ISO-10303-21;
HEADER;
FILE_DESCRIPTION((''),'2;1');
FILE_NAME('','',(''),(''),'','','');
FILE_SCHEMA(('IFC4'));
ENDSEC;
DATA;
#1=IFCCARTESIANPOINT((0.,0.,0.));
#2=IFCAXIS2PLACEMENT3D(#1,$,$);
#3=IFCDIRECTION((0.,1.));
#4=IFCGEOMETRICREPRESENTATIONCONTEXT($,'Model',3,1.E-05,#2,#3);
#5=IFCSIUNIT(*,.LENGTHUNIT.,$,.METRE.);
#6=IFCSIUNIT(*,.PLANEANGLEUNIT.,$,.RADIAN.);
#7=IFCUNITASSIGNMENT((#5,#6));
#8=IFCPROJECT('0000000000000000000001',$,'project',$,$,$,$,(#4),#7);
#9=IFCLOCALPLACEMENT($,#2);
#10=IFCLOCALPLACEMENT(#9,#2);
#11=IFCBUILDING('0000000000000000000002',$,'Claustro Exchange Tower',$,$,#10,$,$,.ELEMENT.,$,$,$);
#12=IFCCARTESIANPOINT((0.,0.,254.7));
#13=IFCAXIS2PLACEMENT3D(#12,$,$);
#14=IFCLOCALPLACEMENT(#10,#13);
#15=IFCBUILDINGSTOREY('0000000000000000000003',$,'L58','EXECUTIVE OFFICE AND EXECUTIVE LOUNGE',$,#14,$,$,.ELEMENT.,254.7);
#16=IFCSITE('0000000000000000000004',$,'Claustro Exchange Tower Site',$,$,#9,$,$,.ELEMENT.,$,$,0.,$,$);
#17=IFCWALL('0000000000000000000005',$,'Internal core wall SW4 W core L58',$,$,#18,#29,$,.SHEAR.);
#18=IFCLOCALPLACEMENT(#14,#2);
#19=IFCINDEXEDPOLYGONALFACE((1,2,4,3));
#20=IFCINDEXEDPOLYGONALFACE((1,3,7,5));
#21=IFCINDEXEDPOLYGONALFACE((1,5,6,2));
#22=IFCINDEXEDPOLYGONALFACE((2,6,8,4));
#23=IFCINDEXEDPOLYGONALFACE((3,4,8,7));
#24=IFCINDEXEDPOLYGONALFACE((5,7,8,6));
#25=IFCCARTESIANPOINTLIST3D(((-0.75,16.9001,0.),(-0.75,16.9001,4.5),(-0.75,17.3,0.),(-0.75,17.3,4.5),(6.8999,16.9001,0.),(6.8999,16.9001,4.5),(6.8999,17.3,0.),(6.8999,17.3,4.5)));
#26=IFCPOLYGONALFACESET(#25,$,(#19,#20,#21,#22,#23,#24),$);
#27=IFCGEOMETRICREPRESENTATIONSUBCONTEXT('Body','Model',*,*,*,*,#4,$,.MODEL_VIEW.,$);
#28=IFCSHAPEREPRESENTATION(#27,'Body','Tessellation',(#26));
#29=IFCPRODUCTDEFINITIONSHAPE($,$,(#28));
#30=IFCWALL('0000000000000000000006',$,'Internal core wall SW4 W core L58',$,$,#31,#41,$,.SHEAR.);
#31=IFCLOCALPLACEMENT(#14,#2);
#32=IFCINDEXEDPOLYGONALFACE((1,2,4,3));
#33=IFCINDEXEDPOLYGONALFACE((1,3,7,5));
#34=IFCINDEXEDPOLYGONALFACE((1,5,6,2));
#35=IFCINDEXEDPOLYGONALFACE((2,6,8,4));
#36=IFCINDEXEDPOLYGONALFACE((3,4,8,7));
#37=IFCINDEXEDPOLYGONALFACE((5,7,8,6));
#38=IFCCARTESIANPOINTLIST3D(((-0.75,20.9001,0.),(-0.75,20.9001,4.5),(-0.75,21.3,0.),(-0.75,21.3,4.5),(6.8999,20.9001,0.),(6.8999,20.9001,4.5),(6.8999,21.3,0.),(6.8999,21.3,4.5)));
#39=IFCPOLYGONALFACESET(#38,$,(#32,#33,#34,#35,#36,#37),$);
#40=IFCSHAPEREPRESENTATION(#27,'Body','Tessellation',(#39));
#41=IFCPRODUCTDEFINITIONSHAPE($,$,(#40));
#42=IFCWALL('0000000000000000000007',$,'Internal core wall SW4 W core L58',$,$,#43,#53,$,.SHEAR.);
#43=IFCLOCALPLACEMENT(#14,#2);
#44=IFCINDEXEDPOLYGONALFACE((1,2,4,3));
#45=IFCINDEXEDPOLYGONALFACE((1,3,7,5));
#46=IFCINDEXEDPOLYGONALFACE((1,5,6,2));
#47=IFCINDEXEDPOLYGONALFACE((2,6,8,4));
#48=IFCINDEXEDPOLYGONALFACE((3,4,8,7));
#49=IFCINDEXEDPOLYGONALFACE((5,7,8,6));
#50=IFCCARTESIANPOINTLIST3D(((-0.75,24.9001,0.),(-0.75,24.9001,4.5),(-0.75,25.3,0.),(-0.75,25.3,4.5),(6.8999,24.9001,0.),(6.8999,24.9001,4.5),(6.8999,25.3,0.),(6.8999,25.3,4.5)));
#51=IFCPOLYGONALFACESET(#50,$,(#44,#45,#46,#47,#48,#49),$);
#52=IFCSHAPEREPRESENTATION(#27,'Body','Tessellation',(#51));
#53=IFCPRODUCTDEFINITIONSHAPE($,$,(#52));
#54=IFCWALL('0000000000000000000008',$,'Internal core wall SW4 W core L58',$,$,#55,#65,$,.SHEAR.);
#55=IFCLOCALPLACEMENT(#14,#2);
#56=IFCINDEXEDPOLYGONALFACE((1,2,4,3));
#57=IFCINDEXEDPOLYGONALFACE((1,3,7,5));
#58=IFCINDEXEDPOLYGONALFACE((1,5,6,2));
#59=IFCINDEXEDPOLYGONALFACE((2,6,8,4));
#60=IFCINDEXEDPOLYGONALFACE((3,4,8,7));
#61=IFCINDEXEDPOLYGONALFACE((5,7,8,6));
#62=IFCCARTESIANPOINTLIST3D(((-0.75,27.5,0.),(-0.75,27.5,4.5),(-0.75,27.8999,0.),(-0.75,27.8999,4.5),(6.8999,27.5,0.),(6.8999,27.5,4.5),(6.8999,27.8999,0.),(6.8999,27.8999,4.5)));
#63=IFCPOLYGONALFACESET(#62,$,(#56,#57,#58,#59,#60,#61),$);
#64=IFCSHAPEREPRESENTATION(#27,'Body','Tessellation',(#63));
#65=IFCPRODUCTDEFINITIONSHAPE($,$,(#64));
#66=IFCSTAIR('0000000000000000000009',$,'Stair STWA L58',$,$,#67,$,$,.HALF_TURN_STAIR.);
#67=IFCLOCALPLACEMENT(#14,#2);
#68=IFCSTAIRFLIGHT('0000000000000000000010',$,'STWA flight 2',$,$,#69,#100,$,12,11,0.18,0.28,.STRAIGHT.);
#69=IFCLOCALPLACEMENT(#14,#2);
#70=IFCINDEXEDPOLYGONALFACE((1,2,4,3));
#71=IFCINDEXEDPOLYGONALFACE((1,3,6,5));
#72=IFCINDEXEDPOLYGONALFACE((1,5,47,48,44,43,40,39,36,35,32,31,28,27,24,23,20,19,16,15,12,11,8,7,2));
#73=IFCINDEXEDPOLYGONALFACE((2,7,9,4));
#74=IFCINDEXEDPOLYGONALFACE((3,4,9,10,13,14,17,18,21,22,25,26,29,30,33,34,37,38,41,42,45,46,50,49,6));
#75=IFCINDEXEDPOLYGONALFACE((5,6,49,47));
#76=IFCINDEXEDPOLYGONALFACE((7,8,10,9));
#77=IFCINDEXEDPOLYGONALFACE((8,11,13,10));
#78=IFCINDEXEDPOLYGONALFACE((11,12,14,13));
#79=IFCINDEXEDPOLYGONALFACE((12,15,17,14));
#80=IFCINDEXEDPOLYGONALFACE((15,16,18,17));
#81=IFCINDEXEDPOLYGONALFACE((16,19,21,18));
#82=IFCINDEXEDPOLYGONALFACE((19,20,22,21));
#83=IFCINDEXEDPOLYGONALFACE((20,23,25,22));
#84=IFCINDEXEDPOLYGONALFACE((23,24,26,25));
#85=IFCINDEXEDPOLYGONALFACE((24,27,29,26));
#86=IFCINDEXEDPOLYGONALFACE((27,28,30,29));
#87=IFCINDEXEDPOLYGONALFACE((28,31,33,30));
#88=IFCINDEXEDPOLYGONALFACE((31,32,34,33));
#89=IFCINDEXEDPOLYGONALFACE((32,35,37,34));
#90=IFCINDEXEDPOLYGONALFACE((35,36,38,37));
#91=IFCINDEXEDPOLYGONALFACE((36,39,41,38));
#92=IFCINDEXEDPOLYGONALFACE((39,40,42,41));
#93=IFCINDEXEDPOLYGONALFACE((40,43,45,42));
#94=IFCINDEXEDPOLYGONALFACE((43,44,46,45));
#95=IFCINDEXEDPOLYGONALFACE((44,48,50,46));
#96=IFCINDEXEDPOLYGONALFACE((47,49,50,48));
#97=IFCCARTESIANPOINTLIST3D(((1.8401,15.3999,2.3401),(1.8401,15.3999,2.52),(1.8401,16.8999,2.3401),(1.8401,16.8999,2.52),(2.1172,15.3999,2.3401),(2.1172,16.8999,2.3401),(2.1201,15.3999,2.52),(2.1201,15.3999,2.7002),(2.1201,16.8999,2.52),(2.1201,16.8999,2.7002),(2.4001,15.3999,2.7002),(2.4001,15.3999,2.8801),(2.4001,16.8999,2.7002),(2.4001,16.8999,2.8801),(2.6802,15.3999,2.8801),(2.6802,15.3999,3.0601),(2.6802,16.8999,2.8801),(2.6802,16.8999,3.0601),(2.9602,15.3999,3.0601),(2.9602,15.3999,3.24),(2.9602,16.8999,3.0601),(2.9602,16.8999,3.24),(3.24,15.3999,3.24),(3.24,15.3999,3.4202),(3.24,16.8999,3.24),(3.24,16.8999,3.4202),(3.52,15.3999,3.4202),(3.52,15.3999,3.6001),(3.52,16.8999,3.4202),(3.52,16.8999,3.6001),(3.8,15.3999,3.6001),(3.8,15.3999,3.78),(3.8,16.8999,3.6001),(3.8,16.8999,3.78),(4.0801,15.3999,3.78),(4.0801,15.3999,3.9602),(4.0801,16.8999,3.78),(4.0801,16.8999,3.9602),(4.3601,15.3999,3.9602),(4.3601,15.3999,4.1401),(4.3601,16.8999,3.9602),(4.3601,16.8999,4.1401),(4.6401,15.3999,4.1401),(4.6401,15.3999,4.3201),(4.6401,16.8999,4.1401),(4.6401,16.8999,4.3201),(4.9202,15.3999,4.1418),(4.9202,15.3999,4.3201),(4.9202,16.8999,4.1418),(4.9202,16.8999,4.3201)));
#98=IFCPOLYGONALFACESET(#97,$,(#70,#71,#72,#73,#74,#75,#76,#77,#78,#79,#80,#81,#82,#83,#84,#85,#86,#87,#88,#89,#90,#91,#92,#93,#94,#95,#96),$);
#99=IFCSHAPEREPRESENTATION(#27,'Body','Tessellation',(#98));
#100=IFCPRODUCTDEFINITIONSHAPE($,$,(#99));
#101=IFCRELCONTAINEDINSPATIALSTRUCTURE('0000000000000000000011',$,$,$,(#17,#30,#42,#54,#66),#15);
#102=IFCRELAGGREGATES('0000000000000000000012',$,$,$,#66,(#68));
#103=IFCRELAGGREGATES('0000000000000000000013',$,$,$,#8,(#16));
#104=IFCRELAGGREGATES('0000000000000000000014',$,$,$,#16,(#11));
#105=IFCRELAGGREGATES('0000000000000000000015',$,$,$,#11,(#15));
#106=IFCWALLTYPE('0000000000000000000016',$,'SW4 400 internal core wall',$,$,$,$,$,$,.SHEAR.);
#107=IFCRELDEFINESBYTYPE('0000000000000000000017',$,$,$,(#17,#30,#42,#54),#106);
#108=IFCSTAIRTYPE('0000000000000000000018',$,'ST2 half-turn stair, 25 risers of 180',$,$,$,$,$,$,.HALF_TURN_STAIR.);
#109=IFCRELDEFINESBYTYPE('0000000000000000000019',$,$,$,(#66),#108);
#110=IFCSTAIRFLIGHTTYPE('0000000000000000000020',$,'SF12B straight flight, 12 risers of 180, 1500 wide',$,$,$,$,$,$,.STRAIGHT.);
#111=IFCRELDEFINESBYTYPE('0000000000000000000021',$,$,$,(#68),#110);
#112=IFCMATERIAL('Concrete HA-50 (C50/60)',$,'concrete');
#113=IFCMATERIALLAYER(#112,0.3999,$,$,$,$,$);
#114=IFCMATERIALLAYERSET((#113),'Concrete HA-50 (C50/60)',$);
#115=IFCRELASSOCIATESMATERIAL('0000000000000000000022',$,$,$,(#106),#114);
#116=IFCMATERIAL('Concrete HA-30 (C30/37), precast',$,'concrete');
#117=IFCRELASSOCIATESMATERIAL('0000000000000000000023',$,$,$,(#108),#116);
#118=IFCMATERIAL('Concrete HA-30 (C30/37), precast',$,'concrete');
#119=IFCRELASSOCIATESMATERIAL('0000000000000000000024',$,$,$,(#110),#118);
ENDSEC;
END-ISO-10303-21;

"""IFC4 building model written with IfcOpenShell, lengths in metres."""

from ifc_helpers import new_model, si_unit, direction, frame, frame_2d, origin, place, context, subcontext, project, spatial, polyline, rectangle, outline, extrude, material, layer, layer_set, type_object, element, aggregate, save


model = new_model("IFC4")

# Units and contexts
model_context = context("Model", 3, precision=1e-05, world=origin(), true_north=direction((0.0, 1.0)))
body_context = subcontext(model_context, "Body", "Model", "MODEL_VIEW")
ifc_project = project(units=[si_unit("LENGTHUNIT", "METRE"), si_unit("PLANEANGLEUNIT", "RADIAN")], contexts=[model_context])

# Site, building, storey
site_placement = place(None, origin())
site = spatial("IfcSite", under=ifc_project, at=site_placement, Name="Claustro Exchange Tower Site", CompositionType="ELEMENT", RefElevation=0.0)
building_placement = place(site_placement, origin())
building = spatial("IfcBuilding", under=site, at=building_placement, Name="Claustro Exchange Tower", CompositionType="ELEMENT")
storey_placement = place(building_placement, frame((0.0, 0.0, 254.7)))
storey = spatial("IfcBuildingStorey", under=building, at=storey_placement, Name="L58", Description="EXECUTIVE OFFICE AND EXECUTIVE LOUNGE", CompositionType="ELEMENT", Elevation=254.7)

# Walls
ifc_material_1 = material(Name="Concrete HA-50 (C50/60)", Category="concrete")
ifc_layer_1 = layer(ifc_material_1, 0.3999)
ifc_layer_set_1 = layer_set([ifc_layer_1], Name="Concrete HA-50 (C50/60)")
wall_type_1 = type_object("IfcWallType", Name="SW4 400 internal core wall", PredefinedType="SHEAR", material=ifc_layer_set_1)
for number, where, z_axis, x_axis, name in (
    (1, (-0.75, 17.1001, 0.0), (0.0, 0.0, 1.0), (1.0, 0.0, 0.0), "Internal core wall SW4 W core L58"),
    (2, (-0.75, 21.1001, 0.0), (0.0, 0.0, 1.0), (1.0, 0.0, 0.0), "Internal core wall SW4 W core L58"),
    (3, (-0.75, 25.1001, 0.0), (0.0, 0.0, 1.0), (1.0, 0.0, 0.0), "Internal core wall SW4 W core L58"),
    (4, (-0.75, 27.7, 0.0), (0.0, 0.0, 1.0), (1.0, 0.0, 0.0), "Internal core wall SW4 W core L58"),
):
    element("IfcWall", number, at=place(storey_placement, frame(where, z_axis=z_axis, x_axis=x_axis)), inside=storey, type_object=wall_type_1, Name=name, PredefinedType="SHEAR", context=body_context, shape_type="SweptSolid", body=[
        extrude(rectangle(XDim=7.6499, YDim=0.3999, at=frame_2d((3.825, 0.0))), origin(), (0.0, 0.0, 1.0), 4.5),
    ])

# Stair, stair flight
ifc_material_2 = material(Name="Concrete HA-30 (C30/37), precast", Category="concrete")
stair_type = type_object("IfcStairType", Name="ST2 half-turn stair, 25 risers of 180", PredefinedType="HALF_TURN_STAIR", material=ifc_material_2)
stair_placement = place(storey_placement, origin())
stair = element("IfcStair", 5, at=stair_placement, inside=storey, type_object=stair_type, Name="Stair STWA L58", PredefinedType="HALF_TURN_STAIR")
ifc_material_3 = material(Name="Concrete HA-30 (C30/37), precast", Category="concrete")
stair_flight_type = type_object("IfcStairFlightType", Name="SF12B straight flight, 12 risers of 180, 1500 wide", PredefinedType="STRAIGHT", material=ifc_material_3)
stair_flight_placement = place(storey_placement, frame((1.8401, 16.1499, 2.3401), z_axis=(0.0, 0.0, 1.0), x_axis=(1.0, 0.0, 0.0)))
stair_flight = element("IfcStairFlight", 6, at=stair_flight_placement, type_object=stair_flight_type, Name="STWA flight 2", NumberOfRisers=12, NumberOfTreads=11, PredefinedType="STRAIGHT", RiserHeight=0.18, TreadLength=0.28, context=body_context, shape_type="SweptSolid", body=[
    extrude(outline(polyline([(0.0, 0.0), (0.0, 0.1799), (0.28, 0.1799), (0.28, 0.3601), (0.5601, 0.3601), (0.5601, 0.54), (0.8401, 0.54), (0.8401, 0.72), (1.1201, 0.72), (1.1201, 0.8999), (1.3999, 0.8999), (1.3999, 1.0801), (1.6799, 1.0801), (1.6799, 1.26), (1.96, 1.26), (1.96, 1.4399), (2.24, 1.4399), (2.24, 1.6201), (2.52, 1.6201), (2.52, 1.8), (2.8, 1.8), (2.8, 1.98), (3.0801, 1.98), (3.0801, 2.1599), (3.0801, 1.8018), (0.2771, 0.0), (0.0, 0.0)])), frame((0.0, 0.75, 0.0), z_axis=(0.0, -1.0, 0.0), x_axis=(1.0, 0.0, 0.0)), (0.0, 0.0, 1.0), 1.5),
])
aggregate(stair, [stair_flight])

save(model, "model.ifc")
